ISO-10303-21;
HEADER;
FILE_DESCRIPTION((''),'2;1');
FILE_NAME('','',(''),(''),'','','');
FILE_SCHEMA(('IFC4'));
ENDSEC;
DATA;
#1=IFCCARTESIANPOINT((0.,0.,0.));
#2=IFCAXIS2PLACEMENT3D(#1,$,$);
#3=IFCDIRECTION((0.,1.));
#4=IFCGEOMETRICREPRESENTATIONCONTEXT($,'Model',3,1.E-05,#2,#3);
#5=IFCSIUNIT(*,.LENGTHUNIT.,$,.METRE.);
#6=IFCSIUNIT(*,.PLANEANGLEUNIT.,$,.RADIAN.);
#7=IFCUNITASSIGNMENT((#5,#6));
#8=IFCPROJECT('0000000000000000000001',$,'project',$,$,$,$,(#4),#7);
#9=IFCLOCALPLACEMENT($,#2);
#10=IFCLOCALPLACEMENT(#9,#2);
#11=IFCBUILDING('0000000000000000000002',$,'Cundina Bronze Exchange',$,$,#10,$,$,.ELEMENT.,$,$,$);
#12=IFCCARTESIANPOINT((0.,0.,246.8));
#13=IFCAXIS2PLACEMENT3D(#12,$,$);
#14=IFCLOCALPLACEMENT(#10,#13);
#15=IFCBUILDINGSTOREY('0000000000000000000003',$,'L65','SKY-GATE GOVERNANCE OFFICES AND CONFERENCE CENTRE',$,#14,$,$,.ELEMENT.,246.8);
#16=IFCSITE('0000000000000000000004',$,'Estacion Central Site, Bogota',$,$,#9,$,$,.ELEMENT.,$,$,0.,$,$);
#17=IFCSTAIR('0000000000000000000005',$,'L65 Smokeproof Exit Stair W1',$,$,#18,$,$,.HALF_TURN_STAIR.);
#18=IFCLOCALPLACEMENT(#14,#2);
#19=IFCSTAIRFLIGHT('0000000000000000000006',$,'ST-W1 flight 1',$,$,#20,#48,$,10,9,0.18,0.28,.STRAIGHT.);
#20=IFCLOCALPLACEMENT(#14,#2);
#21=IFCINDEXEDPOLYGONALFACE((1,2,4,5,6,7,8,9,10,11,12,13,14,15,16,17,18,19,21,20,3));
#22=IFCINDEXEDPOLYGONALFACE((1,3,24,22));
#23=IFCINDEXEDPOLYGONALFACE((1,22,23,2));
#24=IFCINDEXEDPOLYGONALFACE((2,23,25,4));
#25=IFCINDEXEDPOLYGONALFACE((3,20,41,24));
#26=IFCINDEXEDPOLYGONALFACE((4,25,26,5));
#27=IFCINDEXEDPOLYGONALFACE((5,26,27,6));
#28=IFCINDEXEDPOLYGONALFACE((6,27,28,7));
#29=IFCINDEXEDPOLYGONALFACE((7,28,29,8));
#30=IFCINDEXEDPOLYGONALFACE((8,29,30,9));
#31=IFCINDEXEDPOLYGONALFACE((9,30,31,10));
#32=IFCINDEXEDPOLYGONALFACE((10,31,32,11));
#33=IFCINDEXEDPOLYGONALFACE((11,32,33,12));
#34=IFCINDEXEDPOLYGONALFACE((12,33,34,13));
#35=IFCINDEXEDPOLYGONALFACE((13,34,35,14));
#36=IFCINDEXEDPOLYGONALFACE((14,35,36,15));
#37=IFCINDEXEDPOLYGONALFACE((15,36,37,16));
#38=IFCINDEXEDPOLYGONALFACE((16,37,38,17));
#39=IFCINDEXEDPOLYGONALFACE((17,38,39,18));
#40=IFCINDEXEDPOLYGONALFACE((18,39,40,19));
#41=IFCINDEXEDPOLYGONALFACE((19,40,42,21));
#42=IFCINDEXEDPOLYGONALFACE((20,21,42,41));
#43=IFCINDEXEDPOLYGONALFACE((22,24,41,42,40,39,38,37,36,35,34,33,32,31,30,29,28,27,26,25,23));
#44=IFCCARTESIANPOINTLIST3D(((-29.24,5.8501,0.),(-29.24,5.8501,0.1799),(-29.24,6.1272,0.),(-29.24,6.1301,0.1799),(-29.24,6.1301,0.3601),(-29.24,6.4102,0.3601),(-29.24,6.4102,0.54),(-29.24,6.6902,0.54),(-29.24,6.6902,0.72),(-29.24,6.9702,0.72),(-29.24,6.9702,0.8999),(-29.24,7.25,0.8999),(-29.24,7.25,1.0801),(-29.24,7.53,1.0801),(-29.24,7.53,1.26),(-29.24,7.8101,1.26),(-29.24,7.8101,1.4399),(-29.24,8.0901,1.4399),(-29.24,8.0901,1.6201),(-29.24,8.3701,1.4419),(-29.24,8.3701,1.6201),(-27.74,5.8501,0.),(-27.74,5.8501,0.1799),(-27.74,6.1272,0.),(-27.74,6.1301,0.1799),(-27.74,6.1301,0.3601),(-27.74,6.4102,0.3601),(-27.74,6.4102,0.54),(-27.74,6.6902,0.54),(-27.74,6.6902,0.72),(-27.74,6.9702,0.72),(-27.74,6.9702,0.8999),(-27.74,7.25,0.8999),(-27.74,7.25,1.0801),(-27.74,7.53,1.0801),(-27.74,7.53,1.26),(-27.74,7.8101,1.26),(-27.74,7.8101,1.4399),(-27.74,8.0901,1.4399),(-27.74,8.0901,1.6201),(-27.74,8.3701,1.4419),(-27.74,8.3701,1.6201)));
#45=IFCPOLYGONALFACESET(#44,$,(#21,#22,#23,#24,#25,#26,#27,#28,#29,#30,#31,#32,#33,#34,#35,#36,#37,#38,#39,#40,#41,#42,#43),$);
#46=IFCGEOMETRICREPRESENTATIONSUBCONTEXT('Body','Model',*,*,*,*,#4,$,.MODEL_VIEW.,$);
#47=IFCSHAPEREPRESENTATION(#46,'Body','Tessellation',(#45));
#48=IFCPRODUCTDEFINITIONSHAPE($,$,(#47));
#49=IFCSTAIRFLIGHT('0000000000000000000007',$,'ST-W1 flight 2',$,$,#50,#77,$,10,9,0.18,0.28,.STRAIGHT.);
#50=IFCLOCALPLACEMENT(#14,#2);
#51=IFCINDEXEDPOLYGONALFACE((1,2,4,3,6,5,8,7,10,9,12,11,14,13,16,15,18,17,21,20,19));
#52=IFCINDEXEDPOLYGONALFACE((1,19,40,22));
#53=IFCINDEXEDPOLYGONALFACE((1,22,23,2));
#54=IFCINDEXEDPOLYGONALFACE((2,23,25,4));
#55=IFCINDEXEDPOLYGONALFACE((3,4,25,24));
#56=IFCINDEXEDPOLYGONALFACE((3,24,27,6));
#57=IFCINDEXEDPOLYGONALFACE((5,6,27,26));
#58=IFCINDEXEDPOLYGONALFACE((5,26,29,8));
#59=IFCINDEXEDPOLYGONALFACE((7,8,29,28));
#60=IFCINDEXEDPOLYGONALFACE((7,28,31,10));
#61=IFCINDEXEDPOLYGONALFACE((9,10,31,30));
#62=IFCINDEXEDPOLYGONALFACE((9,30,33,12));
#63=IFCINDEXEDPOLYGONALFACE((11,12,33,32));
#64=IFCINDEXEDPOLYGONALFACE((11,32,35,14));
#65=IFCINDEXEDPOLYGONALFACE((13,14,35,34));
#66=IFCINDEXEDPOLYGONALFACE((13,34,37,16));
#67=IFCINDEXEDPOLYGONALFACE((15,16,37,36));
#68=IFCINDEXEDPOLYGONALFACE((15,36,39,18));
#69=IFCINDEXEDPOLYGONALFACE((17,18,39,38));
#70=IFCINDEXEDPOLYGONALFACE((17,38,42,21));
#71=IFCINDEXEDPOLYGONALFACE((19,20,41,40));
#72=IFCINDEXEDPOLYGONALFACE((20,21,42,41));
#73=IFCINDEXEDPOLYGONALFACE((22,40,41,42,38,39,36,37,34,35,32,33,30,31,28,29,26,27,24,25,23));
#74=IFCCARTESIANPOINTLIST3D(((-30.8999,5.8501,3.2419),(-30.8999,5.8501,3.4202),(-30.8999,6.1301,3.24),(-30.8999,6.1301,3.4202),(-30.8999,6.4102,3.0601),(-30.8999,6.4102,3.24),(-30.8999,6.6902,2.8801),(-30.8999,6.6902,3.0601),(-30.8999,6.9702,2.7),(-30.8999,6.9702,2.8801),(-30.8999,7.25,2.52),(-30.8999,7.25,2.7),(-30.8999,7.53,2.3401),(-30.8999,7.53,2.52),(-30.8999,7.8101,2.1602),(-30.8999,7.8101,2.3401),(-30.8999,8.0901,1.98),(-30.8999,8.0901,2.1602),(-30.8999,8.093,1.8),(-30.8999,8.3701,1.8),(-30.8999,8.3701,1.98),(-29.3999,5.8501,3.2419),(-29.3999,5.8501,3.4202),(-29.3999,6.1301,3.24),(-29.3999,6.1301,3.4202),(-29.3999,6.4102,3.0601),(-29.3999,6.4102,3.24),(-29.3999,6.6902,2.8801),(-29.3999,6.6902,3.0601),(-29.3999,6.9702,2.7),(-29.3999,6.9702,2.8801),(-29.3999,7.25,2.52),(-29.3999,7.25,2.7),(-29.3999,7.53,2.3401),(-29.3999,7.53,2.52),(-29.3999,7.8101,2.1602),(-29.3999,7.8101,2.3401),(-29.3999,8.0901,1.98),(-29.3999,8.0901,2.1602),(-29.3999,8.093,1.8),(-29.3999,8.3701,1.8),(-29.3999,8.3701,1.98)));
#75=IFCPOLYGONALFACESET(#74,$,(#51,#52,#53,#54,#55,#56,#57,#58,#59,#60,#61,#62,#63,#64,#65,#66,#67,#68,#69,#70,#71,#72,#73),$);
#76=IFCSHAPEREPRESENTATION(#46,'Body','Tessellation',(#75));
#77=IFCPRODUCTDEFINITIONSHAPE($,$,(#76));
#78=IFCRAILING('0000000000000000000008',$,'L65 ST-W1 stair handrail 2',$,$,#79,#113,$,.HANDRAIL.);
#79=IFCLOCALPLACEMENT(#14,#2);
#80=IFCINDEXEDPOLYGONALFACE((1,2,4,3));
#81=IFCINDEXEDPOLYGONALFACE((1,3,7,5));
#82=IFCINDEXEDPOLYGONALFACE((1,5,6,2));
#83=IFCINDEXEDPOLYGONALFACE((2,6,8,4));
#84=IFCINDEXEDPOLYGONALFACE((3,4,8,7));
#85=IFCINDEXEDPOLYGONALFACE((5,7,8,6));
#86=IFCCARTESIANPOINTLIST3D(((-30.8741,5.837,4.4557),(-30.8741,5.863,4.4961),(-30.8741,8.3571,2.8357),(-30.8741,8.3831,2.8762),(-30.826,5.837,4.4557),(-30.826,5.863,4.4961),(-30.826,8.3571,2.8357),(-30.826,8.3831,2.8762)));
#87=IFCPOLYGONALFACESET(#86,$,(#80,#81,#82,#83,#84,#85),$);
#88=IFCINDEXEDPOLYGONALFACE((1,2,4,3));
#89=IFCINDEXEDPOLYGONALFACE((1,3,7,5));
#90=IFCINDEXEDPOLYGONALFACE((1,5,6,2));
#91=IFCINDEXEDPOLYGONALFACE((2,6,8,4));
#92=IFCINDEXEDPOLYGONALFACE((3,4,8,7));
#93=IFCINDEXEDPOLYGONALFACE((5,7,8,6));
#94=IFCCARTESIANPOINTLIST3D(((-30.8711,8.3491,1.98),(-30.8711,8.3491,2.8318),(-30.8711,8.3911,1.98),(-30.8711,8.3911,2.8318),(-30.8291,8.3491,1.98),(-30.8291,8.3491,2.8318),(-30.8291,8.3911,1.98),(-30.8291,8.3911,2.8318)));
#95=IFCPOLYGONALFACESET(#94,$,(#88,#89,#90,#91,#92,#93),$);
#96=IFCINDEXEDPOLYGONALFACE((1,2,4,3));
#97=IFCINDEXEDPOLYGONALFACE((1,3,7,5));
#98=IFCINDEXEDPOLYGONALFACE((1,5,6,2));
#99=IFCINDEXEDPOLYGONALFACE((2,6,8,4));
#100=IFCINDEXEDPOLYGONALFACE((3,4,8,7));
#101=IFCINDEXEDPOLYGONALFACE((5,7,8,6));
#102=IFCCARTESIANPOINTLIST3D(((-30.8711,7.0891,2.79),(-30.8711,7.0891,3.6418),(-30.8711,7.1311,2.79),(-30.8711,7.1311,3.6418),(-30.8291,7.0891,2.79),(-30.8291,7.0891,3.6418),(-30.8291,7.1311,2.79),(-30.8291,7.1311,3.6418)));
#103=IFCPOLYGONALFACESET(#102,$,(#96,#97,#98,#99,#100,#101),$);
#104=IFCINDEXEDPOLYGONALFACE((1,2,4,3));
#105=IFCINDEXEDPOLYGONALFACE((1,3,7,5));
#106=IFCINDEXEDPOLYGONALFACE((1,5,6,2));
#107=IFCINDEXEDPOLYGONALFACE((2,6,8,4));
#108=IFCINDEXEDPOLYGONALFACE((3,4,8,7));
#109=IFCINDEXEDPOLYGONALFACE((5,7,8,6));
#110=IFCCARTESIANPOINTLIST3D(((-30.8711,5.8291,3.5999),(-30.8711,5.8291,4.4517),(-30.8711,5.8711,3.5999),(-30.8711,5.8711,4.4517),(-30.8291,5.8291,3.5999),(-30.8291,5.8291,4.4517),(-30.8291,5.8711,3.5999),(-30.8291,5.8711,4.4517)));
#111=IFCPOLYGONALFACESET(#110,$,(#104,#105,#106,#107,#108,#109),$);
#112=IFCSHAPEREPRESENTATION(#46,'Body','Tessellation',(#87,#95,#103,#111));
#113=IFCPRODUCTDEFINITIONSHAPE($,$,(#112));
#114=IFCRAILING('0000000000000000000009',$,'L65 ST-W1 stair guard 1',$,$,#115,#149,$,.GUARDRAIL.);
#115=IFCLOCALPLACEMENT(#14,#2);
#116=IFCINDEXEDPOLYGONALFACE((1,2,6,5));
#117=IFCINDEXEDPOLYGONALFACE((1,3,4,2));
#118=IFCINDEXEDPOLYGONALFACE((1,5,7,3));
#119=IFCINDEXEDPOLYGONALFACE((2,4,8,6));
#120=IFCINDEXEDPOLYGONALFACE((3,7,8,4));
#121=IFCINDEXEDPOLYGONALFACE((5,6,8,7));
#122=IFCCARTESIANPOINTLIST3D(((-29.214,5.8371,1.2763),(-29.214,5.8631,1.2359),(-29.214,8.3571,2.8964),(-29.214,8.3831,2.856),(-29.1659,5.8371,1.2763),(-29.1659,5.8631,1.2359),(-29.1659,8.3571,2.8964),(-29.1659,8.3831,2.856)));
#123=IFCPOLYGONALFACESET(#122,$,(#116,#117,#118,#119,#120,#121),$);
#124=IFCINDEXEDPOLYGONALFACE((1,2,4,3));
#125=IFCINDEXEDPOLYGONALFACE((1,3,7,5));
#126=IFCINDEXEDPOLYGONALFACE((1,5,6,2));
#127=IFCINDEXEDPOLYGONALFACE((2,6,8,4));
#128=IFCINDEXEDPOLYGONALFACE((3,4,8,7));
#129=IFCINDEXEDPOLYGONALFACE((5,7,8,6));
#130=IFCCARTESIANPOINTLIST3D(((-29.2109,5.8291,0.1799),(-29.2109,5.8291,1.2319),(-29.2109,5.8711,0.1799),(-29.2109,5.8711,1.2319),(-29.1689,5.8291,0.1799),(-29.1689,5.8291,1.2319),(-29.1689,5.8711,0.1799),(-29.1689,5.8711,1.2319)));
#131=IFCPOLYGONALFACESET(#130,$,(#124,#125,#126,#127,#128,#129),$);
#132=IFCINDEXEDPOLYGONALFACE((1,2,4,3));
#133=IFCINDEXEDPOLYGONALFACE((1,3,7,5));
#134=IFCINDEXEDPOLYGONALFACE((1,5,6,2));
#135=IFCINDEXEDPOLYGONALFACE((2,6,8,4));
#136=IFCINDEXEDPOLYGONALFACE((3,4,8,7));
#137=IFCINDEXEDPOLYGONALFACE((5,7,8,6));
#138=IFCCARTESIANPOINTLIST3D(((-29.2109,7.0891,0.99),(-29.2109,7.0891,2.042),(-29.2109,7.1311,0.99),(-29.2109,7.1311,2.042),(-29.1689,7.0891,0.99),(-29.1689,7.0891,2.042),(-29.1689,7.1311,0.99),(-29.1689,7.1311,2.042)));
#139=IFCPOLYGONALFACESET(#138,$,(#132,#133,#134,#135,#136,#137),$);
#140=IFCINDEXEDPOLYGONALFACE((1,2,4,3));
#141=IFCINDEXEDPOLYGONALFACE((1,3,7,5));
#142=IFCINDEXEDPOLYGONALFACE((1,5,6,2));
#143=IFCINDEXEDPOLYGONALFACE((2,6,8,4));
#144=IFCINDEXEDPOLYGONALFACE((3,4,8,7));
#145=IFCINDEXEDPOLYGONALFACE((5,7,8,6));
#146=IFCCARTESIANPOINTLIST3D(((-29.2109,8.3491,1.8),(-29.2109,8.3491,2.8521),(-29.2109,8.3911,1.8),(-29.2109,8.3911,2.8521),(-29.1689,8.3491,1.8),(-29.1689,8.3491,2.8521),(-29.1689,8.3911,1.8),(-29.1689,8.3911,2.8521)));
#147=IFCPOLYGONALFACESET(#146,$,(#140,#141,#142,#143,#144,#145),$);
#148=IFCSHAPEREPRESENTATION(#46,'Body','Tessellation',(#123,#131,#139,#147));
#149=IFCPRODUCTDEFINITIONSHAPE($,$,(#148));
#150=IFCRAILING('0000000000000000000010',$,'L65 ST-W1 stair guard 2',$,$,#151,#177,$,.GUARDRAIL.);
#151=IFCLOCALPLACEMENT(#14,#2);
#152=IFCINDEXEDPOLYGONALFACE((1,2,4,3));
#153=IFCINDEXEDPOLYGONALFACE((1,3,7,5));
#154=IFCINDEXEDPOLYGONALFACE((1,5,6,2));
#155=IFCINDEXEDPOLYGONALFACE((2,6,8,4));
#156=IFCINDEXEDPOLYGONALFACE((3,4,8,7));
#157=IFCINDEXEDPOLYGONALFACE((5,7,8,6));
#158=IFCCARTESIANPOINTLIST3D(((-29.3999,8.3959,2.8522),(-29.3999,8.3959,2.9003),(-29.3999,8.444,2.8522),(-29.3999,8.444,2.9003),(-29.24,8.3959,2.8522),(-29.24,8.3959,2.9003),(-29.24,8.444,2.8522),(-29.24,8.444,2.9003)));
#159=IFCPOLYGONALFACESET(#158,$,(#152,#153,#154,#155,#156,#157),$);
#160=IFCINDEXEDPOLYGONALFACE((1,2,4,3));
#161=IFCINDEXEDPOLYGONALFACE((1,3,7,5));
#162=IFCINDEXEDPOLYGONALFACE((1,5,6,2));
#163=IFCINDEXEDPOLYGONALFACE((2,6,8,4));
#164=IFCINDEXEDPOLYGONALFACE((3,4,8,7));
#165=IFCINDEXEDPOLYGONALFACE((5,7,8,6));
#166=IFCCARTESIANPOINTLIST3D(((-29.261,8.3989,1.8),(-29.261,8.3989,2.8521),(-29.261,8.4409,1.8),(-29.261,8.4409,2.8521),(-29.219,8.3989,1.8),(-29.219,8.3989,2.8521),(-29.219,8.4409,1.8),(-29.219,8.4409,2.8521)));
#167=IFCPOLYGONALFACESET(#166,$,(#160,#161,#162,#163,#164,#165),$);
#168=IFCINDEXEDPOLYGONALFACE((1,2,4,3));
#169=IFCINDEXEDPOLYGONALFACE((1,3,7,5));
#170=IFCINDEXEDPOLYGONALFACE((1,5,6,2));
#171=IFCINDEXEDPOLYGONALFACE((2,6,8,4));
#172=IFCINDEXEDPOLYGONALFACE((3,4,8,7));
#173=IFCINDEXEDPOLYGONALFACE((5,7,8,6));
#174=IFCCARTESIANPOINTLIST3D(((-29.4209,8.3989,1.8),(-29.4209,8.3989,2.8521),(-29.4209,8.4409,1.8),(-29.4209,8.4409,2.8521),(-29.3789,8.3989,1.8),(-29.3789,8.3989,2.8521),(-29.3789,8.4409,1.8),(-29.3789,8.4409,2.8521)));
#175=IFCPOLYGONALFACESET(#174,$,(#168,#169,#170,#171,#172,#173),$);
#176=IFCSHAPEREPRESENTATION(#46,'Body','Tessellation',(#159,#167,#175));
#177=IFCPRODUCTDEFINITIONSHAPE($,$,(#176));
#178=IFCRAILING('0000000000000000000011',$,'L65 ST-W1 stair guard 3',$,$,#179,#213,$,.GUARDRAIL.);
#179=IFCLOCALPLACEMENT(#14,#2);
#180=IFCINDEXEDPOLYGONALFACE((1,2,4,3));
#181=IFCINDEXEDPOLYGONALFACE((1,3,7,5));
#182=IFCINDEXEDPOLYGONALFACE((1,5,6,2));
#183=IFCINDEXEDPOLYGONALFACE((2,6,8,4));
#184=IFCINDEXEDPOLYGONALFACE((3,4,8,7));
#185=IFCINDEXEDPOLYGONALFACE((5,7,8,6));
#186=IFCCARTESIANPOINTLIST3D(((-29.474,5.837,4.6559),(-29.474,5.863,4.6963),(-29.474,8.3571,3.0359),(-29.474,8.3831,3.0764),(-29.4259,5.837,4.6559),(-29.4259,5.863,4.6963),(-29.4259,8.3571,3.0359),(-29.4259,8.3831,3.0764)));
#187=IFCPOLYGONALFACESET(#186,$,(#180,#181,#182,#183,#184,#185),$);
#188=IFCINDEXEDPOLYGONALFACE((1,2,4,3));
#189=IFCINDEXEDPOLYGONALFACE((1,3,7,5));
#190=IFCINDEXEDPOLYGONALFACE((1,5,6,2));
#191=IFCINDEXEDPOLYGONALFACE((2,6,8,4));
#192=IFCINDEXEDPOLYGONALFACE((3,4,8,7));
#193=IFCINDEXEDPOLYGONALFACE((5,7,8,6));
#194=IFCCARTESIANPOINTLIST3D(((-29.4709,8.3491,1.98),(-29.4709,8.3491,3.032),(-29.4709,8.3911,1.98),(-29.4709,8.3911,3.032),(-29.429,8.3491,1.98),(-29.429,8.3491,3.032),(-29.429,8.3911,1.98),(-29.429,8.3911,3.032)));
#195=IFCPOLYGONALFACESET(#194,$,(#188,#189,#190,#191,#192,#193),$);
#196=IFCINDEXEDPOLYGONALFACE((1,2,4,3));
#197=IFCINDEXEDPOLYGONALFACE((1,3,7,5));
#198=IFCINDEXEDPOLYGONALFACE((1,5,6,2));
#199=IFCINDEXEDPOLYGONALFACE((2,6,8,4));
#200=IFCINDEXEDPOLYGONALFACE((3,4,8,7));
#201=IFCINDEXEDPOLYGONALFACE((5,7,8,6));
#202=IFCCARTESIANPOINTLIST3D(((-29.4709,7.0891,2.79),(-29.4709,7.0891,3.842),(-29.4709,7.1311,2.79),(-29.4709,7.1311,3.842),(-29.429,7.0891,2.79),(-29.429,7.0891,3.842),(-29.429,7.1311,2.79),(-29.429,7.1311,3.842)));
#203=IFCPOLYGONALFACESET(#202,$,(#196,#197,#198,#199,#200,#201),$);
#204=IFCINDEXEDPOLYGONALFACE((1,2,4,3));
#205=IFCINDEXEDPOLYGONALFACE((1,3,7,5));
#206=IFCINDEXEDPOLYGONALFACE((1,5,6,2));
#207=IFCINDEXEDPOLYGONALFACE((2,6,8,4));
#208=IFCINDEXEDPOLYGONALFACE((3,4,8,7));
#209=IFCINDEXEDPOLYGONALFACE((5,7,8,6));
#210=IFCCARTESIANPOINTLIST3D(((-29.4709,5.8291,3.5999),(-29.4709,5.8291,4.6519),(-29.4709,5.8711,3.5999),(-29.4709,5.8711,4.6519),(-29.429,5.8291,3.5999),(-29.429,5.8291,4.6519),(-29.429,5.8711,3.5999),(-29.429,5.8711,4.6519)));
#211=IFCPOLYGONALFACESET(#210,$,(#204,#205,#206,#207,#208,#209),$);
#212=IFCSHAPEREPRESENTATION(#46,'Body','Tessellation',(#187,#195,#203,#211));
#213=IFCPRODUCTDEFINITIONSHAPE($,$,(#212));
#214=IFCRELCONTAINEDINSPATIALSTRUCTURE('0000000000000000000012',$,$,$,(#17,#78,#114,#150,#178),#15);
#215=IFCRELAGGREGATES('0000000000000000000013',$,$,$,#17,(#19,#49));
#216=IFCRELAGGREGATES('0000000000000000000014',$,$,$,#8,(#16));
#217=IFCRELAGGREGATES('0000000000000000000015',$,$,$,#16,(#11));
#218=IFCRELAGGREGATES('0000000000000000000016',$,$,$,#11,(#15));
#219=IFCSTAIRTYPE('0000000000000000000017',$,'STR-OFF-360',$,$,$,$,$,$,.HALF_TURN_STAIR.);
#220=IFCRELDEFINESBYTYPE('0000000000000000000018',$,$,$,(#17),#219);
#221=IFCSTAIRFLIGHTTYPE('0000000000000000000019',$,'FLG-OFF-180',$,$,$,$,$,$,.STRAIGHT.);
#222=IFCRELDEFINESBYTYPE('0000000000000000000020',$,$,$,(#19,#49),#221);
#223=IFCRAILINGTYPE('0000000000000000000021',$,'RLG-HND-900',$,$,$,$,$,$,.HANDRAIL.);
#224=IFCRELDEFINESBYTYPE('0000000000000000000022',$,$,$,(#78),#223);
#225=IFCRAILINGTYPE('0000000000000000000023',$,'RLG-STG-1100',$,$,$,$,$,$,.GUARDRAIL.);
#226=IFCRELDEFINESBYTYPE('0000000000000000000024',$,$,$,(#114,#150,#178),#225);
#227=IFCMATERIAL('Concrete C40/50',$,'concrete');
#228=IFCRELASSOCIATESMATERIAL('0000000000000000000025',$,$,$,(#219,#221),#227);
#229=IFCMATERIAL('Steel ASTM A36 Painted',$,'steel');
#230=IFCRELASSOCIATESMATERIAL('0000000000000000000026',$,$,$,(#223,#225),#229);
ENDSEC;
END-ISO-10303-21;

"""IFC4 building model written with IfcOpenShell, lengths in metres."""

from ifc_helpers import new_model, si_unit, direction, frame, origin, origin_2d, place, context, subcontext, project, spatial, polyline, rectangle, outline, extrude, material, type_object, element, aggregate, save


model = new_model("IFC4")

# Units and contexts
model_context = context("Model", 3, precision=1e-05, world=origin(), true_north=direction((0.0, 1.0)))
body_context = subcontext(model_context, "Body", "Model", "MODEL_VIEW")
ifc_project = project(units=[si_unit("LENGTHUNIT", "METRE"), si_unit("PLANEANGLEUNIT", "RADIAN")], contexts=[model_context])

# Site, building, storey
site_placement = place(None, origin())
site = spatial("IfcSite", under=ifc_project, at=site_placement, Name="Estacion Central Site, Bogota", CompositionType="ELEMENT", RefElevation=0.0)
building_placement = place(site_placement, origin())
building = spatial("IfcBuilding", under=site, at=building_placement, Name="Cundina Bronze Exchange", CompositionType="ELEMENT")
storey_placement = place(building_placement, frame((0.0, 0.0, 246.8)))
storey = spatial("IfcBuildingStorey", under=building, at=storey_placement, Name="L65", Description="SKY-GATE GOVERNANCE OFFICES AND CONFERENCE CENTRE", CompositionType="ELEMENT", Elevation=246.8)

# Shared definitions
ifc_material_1 = material(Name="Steel ASTM A36 Painted", Category="steel")

# Stair, stair flights
ifc_material_2 = material(Name="Concrete C40/50", Category="concrete")
stair_type = type_object("IfcStairType", Name="STR-OFF-360", PredefinedType="HALF_TURN_STAIR", material=ifc_material_2)
stair_placement = place(storey_placement, origin())
stair = element("IfcStair", 1, at=stair_placement, inside=storey, type_object=stair_type, Name="L65 Smokeproof Exit Stair W1", PredefinedType="HALF_TURN_STAIR")
stair_flight_type = type_object("IfcStairFlightType", Name="FLG-OFF-180", PredefinedType="STRAIGHT", material=ifc_material_2)
stair_flight_1_placement = place(storey_placement, frame((-28.49, 5.8501, 0.0), z_axis=(0.0, 0.0, 1.0), x_axis=(0.0, 1.0, 0.0)))
stair_flight_1 = element("IfcStairFlight", 2, at=stair_flight_1_placement, type_object=stair_flight_type, Name="ST-W1 flight 1", NumberOfRisers=10, NumberOfTreads=9, PredefinedType="STRAIGHT", RiserHeight=0.18, TreadLength=0.28, context=body_context, shape_type="SweptSolid", body=[
    extrude(outline(polyline([(0.0, 0.0), (0.0, 0.1799), (0.28, 0.1799), (0.28, 0.3601), (0.5601, 0.3601), (0.5601, 0.54), (0.8401, 0.54), (0.8401, 0.72), (1.1201, 0.72), (1.1201, 0.8999), (1.3999, 0.8999), (1.3999, 1.0801), (1.6799, 1.0801), (1.6799, 1.26), (1.96, 1.26), (1.96, 1.4399), (2.24, 1.4399), (2.24, 1.6201), (2.52, 1.6201), (2.52, 1.8), (2.52, 1.4419), (0.2771, 0.0), (0.0, 0.0)])), frame((0.0, 0.75, 0.0), z_axis=(0.0, -1.0, 0.0), x_axis=(1.0, 0.0, 0.0)), (0.0, 0.0, 1.0), 1.5),
])
stair_flight_2_placement = place(storey_placement, frame((-30.1499, 8.3701, 1.8), z_axis=(0.0, 0.0, 1.0), x_axis=(0.0, -1.0, 0.0)))
stair_flight_2 = element("IfcStairFlight", 3, at=stair_flight_2_placement, type_object=stair_flight_type, Name="ST-W1 flight 2", NumberOfRisers=10, NumberOfTreads=9, PredefinedType="STRAIGHT", RiserHeight=0.18, TreadLength=0.28, context=body_context, shape_type="SweptSolid", body=[
    extrude(outline(polyline([(0.0, 0.0), (0.0, 0.1799), (0.28, 0.1799), (0.28, 0.3601), (0.5601, 0.3601), (0.5601, 0.54), (0.8401, 0.54), (0.8401, 0.72), (1.1201, 0.72), (1.1201, 0.8999), (1.3999, 0.8999), (1.3999, 1.0801), (1.6799, 1.0801), (1.6799, 1.26), (1.96, 1.26), (1.96, 1.4399), (2.24, 1.4399), (2.24, 1.6201), (2.52, 1.6201), (2.52, 1.8), (2.52, 1.4419), (0.2771, 0.0), (0.0, 0.0)])), frame((0.0, 0.75, 0.0), z_axis=(0.0, -1.0, 0.0), x_axis=(1.0, 0.0, 0.0)), (0.0, 0.0, 1.0), 1.5),
])
aggregate(stair, [stair_flight_1, stair_flight_2])

# Railings
railing_type_1 = type_object("IfcRailingType", Name="RLG-HND-900", PredefinedType="HANDRAIL", material=ifc_material_1)
railing_1_placement = place(storey_placement, frame((-30.8501, 8.3701, 1.98)))
element("IfcRailing", 4, at=railing_1_placement, inside=storey, type_object=railing_type_1, Name="L65 ST-W1 stair handrail 2", PredefinedType="HANDRAIL", context=body_context, shape_type="SweptSolid", body=[
    extrude(rectangle(XDim=0.0481, YDim=0.0481, at=origin_2d()), frame((0.0, 0.0, 0.876), z_axis=(0.0, -0.8412, 0.540725), x_axis=(1.0, 0.0, 0.0)), (0.0, 0.0, 1.0), 2.9958),
    extrude(rectangle(XDim=0.042, YDim=0.042, at=origin_2d()), origin(), (0.0, 0.0, 1.0), 0.8518),
    extrude(rectangle(XDim=0.042, YDim=0.042, at=origin_2d()), frame((0.0, -1.26, 0.8101)), (0.0, 0.0, 1.0), 0.8518),
    extrude(rectangle(XDim=0.042, YDim=0.042, at=origin_2d()), frame((0.0, -2.52, 1.6199)), (0.0, 0.0, 1.0), 0.8518),
])
railing_type_2 = type_object("IfcRailingType", Name="RLG-STG-1100", PredefinedType="GUARDRAIL", material=ifc_material_1)
railing_2_placement = place(storey_placement, frame((-29.1899, 5.8501, 0.1799)))
element("IfcRailing", 5, at=railing_2_placement, inside=storey, type_object=railing_type_2, Name="L65 ST-W1 stair guard 1", PredefinedType="GUARDRAIL", context=body_context, shape_type="SweptSolid", body=[
    extrude(rectangle(XDim=0.0481, YDim=0.0481, at=origin_2d()), frame((0.0, 0.0, 1.0762), z_axis=(0.0, 0.841163, 0.540782), x_axis=(-1.0, 0.0, 0.0)), (0.0, 0.0, 1.0), 2.9958),
    extrude(rectangle(XDim=0.042, YDim=0.042, at=origin_2d()), origin(), (0.0, 0.0, 1.0), 1.052),
    extrude(rectangle(XDim=0.042, YDim=0.042, at=origin_2d()), frame((0.0, 1.26, 0.8101)), (0.0, 0.0, 1.0), 1.052),
    extrude(rectangle(XDim=0.042, YDim=0.042, at=origin_2d()), frame((0.0, 2.52, 1.6201)), (0.0, 0.0, 1.0), 1.052),
])
railing_3_placement = place(storey_placement, frame((-29.24, 8.4199, 1.8)))
element("IfcRailing", 6, at=railing_3_placement, inside=storey, type_object=railing_type_2, Name="L65 ST-W1 stair guard 2", PredefinedType="GUARDRAIL", context=body_context, shape_type="SweptSolid", body=[
    extrude(rectangle(XDim=0.0481, YDim=0.0481, at=origin_2d()), frame((0.0, 0.0, 1.0762), z_axis=(-1.0, 0.0, 0.0), x_axis=(0.0, -1.0, 0.0)), (0.0, 0.0, 1.0), 0.1599),
    extrude(rectangle(XDim=0.042, YDim=0.042, at=origin_2d()), origin(), (0.0, 0.0, 1.0), 1.052),
    extrude(rectangle(XDim=0.042, YDim=0.042, at=origin_2d()), frame((-0.1599, 0.0, 0.0)), (0.0, 0.0, 1.0), 1.052),
])
railing_4_placement = place(storey_placement, frame((-29.45, 8.3701, 1.98)))
element("IfcRailing", 7, at=railing_4_placement, inside=storey, type_object=railing_type_2, Name="L65 ST-W1 stair guard 3", PredefinedType="GUARDRAIL", context=body_context, shape_type="SweptSolid", body=[
    extrude(rectangle(XDim=0.0481, YDim=0.0481, at=origin_2d()), frame((0.0, 0.0, 1.0762), z_axis=(0.0, -0.8412, 0.540725), x_axis=(1.0, 0.0, 0.0)), (0.0, 0.0, 1.0), 2.9958),
    extrude(rectangle(XDim=0.042, YDim=0.042, at=origin_2d()), origin(), (0.0, 0.0, 1.0), 1.052),
    extrude(rectangle(XDim=0.042, YDim=0.042, at=origin_2d()), frame((0.0, -1.26, 0.8101)), (0.0, 0.0, 1.0), 1.052),
    extrude(rectangle(XDim=0.042, YDim=0.042, at=origin_2d()), frame((0.0, -2.52, 1.6199)), (0.0, 0.0, 1.0), 1.052),
])

save(model, "model.ifc")
